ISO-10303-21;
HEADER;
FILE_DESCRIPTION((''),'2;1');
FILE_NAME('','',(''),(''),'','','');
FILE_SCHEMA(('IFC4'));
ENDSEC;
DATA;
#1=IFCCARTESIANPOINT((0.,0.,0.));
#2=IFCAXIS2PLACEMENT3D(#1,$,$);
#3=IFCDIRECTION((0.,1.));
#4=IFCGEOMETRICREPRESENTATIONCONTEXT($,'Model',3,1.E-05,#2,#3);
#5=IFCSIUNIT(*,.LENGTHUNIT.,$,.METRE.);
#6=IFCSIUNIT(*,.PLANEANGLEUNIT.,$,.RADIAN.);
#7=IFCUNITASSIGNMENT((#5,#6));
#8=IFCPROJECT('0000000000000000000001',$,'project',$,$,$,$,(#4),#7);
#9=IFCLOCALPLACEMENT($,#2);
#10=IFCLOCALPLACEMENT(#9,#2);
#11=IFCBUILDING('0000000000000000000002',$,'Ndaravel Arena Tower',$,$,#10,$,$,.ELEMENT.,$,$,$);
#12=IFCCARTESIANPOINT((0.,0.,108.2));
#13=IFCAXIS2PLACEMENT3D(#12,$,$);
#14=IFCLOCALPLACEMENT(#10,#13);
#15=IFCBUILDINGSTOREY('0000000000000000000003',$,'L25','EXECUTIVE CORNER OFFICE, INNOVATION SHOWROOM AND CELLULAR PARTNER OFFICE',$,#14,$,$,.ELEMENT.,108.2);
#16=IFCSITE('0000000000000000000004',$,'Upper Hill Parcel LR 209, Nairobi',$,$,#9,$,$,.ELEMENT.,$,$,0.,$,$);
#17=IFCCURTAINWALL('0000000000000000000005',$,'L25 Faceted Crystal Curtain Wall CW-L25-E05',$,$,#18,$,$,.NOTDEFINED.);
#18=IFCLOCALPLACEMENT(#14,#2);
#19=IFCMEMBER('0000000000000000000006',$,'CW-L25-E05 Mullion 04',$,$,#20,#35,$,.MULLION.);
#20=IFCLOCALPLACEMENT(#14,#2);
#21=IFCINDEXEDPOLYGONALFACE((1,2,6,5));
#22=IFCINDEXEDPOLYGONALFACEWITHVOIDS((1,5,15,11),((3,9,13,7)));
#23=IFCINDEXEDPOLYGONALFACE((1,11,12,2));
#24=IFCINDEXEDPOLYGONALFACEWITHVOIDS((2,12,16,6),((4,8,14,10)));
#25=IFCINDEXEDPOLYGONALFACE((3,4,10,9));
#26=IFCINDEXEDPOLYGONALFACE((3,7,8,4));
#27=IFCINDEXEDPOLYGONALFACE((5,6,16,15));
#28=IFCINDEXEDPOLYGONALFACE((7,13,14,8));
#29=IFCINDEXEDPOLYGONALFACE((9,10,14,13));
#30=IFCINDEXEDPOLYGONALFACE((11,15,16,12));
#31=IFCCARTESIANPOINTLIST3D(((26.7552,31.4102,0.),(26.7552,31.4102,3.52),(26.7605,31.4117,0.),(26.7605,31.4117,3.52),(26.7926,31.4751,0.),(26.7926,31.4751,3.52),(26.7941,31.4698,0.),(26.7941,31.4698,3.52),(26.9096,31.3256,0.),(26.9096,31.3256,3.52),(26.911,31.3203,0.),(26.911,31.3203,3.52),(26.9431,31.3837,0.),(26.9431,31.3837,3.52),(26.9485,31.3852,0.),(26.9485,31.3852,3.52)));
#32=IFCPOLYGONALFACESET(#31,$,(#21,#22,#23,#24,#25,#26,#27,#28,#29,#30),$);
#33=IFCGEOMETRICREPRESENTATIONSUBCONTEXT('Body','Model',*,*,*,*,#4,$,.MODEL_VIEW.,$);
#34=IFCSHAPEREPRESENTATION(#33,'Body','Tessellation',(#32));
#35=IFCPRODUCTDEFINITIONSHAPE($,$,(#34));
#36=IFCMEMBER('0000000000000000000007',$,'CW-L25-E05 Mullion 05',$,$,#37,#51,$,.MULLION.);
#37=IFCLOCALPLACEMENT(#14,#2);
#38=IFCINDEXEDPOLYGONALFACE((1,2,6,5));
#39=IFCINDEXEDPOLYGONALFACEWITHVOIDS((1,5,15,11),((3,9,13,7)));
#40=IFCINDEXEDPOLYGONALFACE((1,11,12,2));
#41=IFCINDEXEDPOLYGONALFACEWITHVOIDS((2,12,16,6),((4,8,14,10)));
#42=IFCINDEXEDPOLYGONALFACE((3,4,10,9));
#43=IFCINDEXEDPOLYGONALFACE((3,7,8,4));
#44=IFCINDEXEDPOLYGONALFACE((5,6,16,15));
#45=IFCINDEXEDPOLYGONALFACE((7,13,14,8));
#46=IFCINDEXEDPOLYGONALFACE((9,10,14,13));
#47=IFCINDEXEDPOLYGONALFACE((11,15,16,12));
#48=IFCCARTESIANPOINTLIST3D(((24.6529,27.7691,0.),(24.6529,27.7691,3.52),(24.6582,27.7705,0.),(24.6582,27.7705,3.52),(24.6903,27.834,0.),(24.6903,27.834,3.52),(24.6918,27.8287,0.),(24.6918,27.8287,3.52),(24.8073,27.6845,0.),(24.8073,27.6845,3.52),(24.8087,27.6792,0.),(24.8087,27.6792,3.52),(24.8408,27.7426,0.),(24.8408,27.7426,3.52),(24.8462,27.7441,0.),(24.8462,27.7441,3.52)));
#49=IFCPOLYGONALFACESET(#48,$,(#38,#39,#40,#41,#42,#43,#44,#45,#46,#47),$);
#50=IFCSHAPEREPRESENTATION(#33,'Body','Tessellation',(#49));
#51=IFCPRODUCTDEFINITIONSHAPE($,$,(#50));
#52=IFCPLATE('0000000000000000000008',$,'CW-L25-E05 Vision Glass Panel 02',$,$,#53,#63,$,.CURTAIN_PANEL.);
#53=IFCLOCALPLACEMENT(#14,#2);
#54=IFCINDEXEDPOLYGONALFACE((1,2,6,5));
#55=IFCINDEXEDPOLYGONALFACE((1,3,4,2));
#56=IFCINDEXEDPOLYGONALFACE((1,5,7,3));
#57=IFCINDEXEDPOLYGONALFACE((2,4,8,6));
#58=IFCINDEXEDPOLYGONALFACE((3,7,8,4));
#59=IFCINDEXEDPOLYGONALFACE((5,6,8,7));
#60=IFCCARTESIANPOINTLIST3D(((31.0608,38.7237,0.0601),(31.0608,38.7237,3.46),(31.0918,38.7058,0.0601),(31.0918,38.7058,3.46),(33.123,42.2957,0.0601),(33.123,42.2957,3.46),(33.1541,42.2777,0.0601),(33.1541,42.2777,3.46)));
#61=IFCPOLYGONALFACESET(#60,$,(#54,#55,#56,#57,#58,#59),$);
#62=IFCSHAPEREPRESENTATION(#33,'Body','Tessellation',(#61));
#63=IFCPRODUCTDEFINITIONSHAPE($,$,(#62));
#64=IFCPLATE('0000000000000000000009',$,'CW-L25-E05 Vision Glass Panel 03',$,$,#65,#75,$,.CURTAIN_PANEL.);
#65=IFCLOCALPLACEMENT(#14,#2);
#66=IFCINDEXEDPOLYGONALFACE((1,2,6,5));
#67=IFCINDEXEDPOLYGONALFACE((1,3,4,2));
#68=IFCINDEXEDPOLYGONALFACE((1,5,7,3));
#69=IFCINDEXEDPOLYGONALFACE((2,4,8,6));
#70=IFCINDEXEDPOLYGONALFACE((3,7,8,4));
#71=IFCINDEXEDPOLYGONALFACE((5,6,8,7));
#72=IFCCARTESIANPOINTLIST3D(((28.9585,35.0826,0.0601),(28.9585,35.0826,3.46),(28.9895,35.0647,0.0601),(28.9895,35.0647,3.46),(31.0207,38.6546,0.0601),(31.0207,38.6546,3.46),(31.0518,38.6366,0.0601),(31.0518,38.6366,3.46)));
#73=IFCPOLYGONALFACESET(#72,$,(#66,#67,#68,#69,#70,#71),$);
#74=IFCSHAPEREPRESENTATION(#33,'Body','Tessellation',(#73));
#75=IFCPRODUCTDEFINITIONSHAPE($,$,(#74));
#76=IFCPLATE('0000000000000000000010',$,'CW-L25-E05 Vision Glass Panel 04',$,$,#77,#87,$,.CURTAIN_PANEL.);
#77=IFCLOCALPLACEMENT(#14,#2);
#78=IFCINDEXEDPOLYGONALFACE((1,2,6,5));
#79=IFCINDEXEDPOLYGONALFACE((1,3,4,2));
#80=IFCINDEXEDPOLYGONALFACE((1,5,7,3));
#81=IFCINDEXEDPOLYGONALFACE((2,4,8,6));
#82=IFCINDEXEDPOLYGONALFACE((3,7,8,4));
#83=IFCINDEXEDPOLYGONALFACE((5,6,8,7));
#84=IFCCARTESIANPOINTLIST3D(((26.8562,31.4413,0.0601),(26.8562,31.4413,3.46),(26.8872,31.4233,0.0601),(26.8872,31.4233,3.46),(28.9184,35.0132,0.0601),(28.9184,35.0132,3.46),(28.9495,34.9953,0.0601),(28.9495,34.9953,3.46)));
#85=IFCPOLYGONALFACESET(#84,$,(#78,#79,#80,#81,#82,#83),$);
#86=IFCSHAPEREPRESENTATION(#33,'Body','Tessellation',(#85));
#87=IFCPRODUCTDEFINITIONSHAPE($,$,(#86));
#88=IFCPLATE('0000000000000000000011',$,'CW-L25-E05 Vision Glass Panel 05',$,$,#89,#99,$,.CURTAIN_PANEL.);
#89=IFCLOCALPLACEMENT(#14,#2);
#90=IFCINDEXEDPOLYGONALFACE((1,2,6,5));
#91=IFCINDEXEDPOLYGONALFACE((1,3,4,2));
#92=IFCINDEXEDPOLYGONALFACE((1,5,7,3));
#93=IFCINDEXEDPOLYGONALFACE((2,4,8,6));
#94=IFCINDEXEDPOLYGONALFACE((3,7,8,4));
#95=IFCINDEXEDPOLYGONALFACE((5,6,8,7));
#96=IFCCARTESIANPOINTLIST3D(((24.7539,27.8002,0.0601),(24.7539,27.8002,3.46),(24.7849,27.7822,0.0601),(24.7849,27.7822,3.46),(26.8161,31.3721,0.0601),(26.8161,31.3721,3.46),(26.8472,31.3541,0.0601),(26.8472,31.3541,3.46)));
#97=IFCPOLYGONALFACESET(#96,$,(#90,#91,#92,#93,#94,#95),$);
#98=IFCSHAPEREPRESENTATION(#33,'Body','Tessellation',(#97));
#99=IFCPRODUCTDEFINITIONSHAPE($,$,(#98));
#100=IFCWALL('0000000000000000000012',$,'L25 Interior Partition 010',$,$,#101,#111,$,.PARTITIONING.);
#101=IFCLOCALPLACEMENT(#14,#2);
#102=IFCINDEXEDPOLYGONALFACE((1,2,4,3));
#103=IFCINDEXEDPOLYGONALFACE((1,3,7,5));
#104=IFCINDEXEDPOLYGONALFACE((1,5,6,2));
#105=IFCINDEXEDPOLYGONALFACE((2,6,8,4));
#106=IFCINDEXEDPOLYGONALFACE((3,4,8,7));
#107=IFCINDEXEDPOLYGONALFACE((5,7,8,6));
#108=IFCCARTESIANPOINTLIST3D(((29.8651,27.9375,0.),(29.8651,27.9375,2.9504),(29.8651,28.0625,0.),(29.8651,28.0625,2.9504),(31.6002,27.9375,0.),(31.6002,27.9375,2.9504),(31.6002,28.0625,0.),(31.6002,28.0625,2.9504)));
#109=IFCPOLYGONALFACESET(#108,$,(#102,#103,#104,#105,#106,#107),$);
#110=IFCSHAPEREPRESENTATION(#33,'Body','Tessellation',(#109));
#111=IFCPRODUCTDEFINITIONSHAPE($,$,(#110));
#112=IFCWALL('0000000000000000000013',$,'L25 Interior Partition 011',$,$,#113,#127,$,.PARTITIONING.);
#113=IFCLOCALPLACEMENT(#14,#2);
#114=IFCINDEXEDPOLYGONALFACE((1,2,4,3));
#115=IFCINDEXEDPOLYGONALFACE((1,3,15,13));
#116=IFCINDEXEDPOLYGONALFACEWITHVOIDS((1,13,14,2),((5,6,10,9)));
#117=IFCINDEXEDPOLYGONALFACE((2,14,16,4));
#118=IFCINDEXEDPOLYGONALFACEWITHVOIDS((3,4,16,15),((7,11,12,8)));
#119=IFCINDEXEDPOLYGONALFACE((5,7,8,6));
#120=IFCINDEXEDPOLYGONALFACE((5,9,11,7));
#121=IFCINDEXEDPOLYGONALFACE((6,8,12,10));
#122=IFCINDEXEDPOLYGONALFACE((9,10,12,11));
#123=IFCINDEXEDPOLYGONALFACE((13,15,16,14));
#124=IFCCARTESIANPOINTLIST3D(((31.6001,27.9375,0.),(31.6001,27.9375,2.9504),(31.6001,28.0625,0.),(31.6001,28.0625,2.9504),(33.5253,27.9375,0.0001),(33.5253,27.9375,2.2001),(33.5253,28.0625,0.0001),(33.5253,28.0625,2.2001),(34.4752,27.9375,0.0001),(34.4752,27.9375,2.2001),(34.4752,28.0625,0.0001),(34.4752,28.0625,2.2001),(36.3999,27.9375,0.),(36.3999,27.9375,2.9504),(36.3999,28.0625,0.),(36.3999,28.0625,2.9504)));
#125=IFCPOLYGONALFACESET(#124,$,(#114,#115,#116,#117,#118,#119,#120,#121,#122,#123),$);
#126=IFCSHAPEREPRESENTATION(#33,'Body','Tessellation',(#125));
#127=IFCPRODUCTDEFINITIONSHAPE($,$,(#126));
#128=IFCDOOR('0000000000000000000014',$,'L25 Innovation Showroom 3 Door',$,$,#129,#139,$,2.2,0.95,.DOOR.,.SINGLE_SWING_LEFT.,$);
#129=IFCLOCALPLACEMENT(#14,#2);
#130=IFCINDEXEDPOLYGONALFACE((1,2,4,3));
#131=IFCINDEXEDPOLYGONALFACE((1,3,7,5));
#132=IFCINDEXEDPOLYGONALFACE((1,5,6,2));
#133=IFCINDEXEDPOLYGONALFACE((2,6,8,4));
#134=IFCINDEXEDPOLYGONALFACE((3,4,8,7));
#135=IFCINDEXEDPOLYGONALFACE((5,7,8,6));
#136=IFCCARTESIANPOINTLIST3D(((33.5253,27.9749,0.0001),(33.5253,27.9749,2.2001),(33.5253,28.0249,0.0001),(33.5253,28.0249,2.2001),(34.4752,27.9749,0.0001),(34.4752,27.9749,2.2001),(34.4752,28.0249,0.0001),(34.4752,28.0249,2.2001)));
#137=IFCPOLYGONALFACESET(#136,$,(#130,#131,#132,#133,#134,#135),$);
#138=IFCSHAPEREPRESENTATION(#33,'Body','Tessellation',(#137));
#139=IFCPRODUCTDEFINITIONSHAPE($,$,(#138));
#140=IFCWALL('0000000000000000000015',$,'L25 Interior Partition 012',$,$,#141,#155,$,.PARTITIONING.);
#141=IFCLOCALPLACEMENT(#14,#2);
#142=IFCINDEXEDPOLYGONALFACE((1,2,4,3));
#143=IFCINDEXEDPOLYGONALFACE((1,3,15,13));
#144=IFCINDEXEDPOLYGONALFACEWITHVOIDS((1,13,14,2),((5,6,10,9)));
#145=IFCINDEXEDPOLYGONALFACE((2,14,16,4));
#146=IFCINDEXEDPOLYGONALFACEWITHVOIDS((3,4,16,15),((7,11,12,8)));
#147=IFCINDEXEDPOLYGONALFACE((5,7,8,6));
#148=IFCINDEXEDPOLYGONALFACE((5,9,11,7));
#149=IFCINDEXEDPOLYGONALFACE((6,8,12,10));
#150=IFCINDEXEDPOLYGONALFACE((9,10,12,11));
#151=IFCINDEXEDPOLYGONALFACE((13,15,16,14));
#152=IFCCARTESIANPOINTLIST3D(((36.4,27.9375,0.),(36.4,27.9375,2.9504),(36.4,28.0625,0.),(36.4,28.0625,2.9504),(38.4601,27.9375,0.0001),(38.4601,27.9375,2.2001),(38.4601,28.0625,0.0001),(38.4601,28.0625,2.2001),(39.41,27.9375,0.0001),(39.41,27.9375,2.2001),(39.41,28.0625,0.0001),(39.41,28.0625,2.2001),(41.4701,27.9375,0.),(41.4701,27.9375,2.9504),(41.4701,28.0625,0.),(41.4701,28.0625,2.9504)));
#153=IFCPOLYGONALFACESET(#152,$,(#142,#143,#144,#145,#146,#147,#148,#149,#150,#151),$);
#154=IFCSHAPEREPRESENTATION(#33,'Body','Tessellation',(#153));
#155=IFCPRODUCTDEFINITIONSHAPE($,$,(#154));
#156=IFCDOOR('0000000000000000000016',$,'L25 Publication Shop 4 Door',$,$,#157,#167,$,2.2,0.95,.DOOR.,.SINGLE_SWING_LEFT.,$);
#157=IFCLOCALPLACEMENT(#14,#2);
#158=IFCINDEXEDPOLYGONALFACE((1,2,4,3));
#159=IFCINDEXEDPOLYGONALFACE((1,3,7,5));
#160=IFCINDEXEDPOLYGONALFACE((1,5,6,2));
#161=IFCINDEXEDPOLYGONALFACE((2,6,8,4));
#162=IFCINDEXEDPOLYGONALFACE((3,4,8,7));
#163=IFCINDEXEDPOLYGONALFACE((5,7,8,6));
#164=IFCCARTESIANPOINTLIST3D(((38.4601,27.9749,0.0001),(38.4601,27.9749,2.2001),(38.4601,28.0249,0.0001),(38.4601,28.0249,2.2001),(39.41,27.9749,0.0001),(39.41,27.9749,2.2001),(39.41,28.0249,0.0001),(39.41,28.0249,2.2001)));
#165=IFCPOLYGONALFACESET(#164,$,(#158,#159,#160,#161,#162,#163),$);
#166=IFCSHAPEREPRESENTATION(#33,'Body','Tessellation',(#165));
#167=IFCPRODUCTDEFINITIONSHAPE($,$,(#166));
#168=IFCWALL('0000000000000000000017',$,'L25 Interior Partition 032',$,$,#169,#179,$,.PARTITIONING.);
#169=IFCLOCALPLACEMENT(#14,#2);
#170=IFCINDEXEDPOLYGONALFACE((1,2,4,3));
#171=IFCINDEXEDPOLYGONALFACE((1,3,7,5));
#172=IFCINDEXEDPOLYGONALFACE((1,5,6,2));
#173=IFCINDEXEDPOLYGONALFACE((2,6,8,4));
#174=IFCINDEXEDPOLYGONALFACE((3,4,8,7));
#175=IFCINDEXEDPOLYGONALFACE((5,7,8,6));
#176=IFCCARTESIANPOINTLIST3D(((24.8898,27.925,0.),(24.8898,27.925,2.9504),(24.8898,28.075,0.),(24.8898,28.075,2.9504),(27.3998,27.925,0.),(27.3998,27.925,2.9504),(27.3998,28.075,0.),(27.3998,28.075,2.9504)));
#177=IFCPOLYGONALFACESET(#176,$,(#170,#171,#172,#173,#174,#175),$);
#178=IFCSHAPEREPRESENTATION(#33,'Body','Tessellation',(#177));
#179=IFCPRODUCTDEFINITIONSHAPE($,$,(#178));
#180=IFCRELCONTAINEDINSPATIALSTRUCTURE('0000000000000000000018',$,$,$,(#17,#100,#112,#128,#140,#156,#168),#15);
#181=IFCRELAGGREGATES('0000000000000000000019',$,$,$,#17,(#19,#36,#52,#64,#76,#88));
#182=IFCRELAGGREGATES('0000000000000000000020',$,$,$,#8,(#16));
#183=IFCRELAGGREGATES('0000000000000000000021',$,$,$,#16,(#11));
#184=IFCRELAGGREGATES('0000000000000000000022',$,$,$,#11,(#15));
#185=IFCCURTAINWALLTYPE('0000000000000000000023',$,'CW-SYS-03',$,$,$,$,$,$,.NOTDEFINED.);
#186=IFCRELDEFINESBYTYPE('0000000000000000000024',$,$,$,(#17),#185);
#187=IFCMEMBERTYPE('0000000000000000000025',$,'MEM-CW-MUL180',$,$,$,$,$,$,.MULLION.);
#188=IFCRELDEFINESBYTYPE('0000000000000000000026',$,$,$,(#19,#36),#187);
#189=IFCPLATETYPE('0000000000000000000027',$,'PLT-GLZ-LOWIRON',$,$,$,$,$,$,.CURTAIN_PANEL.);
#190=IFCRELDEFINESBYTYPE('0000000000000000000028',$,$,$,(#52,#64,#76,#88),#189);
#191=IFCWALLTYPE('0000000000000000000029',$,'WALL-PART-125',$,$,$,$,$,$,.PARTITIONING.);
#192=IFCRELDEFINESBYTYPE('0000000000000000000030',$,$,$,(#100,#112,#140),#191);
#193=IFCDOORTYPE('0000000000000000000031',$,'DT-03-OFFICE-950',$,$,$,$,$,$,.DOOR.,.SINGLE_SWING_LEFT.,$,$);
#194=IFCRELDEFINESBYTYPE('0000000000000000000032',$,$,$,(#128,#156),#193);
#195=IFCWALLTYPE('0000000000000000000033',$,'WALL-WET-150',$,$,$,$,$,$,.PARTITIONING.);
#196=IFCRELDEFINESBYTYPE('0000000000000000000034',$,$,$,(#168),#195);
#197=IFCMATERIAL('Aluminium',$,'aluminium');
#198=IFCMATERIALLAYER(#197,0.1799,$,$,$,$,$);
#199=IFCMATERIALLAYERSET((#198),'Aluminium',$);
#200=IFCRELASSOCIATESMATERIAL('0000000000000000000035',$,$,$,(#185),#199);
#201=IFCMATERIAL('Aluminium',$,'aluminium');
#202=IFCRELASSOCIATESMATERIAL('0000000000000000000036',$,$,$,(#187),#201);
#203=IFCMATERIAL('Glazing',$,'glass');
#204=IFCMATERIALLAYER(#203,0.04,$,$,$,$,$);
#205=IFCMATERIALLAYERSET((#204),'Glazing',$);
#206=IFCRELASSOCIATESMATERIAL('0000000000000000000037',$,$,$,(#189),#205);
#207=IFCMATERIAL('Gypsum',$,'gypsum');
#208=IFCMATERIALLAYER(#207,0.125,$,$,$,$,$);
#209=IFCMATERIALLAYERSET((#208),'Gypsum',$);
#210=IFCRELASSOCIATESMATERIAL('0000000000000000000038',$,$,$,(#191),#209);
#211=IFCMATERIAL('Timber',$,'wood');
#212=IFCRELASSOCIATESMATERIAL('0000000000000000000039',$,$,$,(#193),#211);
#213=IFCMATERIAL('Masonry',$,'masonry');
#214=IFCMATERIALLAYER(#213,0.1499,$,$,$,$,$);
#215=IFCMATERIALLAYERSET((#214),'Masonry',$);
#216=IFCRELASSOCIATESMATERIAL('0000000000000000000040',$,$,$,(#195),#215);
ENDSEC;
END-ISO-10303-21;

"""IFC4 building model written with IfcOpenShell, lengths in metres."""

from ifc_helpers import new_model, si_unit, direction, frame, frame_2d, origin, origin_2d, place, context, subcontext, project, spatial, rectangle, hollow_rectangle, extrude, material, layer, layer_set, material_profile, profile_set, type_object, element, fill, aggregate, save


model = new_model("IFC4")

# Units and contexts
model_context = context("Model", 3, precision=1e-05, world=origin(), true_north=direction((0.0, 1.0)))
body_context = subcontext(model_context, "Body", "Model", "MODEL_VIEW")
ifc_project = project(units=[si_unit("LENGTHUNIT", "METRE"), si_unit("PLANEANGLEUNIT", "RADIAN")], contexts=[model_context])

# Site, building, storey
site_placement = place(None, origin())
site = spatial("IfcSite", under=ifc_project, at=site_placement, Name="Upper Hill Parcel LR 209, Nairobi", CompositionType="ELEMENT", RefElevation=0.0)
building_placement = place(site_placement, origin())
building = spatial("IfcBuilding", under=site, at=building_placement, Name="Ndaravel Arena Tower", CompositionType="ELEMENT")
storey_placement = place(building_placement, frame((0.0, 0.0, 108.2)))
storey = spatial("IfcBuildingStorey", under=building, at=storey_placement, Name="L25", Description="EXECUTIVE CORNER OFFICE, INNOVATION SHOWROOM AND CELLULAR PARTNER OFFICE", CompositionType="ELEMENT", Elevation=108.2)

# Curtain wall, members, plates
ifc_material_1 = material(Name="Aluminium", Category="aluminium")
ifc_layer_1 = layer(ifc_material_1, 0.1799)
ifc_layer_set_1 = layer_set([ifc_layer_1], Name="Aluminium")
curtain_wall_type = type_object("IfcCurtainWallType", Name="CW-SYS-03", PredefinedType="NOTDEFINED", material=ifc_layer_set_1)
curtain_wall_placement = place(storey_placement, origin())
curtain_wall = element("IfcCurtainWall", 1, at=curtain_wall_placement, inside=storey, type_object=curtain_wall_type, Name="L25 Faceted Crystal Curtain Wall CW-L25-E05", PredefinedType="NOTDEFINED")
ifc_material_2 = material(Name="Aluminium", Category="aluminium")
ifc_material_profile_1 = material_profile(ifc_material_2, hollow_rectangle(XDim=0.075, YDim=0.1799, WallThickness=0.0039, at=origin_2d()), Name="CW MULLION 75x180x4")
ifc_profile_set_1 = profile_set([ifc_material_profile_1], Name="Aluminium")
member_type = type_object("IfcMemberType", Name="MEM-CW-MUL180", PredefinedType="MULLION", material=ifc_profile_set_1)
member_1_placement = place(storey_placement, frame((26.8518, 31.3977, 0.0), z_axis=(0.0, 0.0, 1.0), x_axis=(-0.5, -0.866025, 0.0)))
member_1 = element("IfcMember", 2, at=member_1_placement, type_object=member_type, Name="CW-L25-E05 Mullion 04", PredefinedType="MULLION", context=body_context, shape_type="SweptSolid", body=[
    extrude(hollow_rectangle(XDim=0.075, YDim=0.1799, WallThickness=0.0039, at=origin_2d()), origin(), (0.0, 0.0, 1.0), 3.52),
])
member_2_placement = place(storey_placement, frame((24.7495, 27.7566, 0.0), z_axis=(0.0, 0.0, 1.0), x_axis=(-0.5, -0.866025, 0.0)))
member_2 = element("IfcMember", 3, at=member_2_placement, type_object=member_type, Name="CW-L25-E05 Mullion 05", PredefinedType="MULLION", context=body_context, shape_type="SweptSolid", body=[
    extrude(hollow_rectangle(XDim=0.075, YDim=0.1799, WallThickness=0.0039, at=origin_2d()), origin(), (0.0, 0.0, 1.0), 3.52),
])
ifc_material_3 = material(Name="Glazing", Category="glass")
ifc_layer_2 = layer(ifc_material_3, 0.04)
ifc_layer_set_2 = layer_set([ifc_layer_2], Name="Glazing")
plate_type = type_object("IfcPlateType", Name="PLT-GLZ-LOWIRON", PredefinedType="CURTAIN_PANEL", material=ifc_layer_set_2)
plate_1_placement = place(storey_placement, frame((32.1074, 40.5007, 0.0601), z_axis=(0.0, 0.0, 1.0), x_axis=(-0.5, -0.866025, 0.0)))
plate_1 = element("IfcPlate", 4, at=plate_1_placement, type_object=plate_type, Name="CW-L25-E05 Vision Glass Panel 02", PredefinedType="CURTAIN_PANEL", context=body_context, shape_type="SweptSolid", body=[
    extrude(rectangle(XDim=4.1245, YDim=0.0359, at=origin_2d()), origin(), (0.0, 0.0, 1.0), 3.3999),
])
plate_2_placement = place(storey_placement, frame((30.0051, 36.8596, 0.0601), z_axis=(0.0, 0.0, 1.0), x_axis=(-0.5, -0.866025, 0.0)))
plate_2 = element("IfcPlate", 5, at=plate_2_placement, type_object=plate_type, Name="CW-L25-E05 Vision Glass Panel 03", PredefinedType="CURTAIN_PANEL", context=body_context, shape_type="SweptSolid", body=[
    extrude(rectangle(XDim=4.1245, YDim=0.0359, at=origin_2d()), origin(), (0.0, 0.0, 1.0), 3.3999),
])
plate_3_placement = place(storey_placement, frame((27.9028, 33.2183, 0.0601), z_axis=(0.0, 0.0, 1.0), x_axis=(-0.5, -0.866025, 0.0)))
plate_3 = element("IfcPlate", 6, at=plate_3_placement, type_object=plate_type, Name="CW-L25-E05 Vision Glass Panel 04", PredefinedType="CURTAIN_PANEL", context=body_context, shape_type="SweptSolid", body=[
    extrude(rectangle(XDim=4.1245, YDim=0.0359, at=origin_2d()), origin(), (0.0, 0.0, 1.0), 3.3999),
])
plate_4_placement = place(storey_placement, frame((25.8005, 29.5771, 0.0601), z_axis=(0.0, 0.0, 1.0), x_axis=(-0.5, -0.866025, 0.0)))
plate_4 = element("IfcPlate", 7, at=plate_4_placement, type_object=plate_type, Name="CW-L25-E05 Vision Glass Panel 05", PredefinedType="CURTAIN_PANEL", context=body_context, shape_type="SweptSolid", body=[
    extrude(rectangle(XDim=4.1245, YDim=0.0359, at=origin_2d()), origin(), (0.0, 0.0, 1.0), 3.3999),
])
aggregate(curtain_wall, [member_1, member_2, plate_1, plate_2, plate_3, plate_4])

# Wall
ifc_material_4 = material(Name="Gypsum", Category="gypsum")
ifc_layer_3 = layer(ifc_material_4, 0.125)
ifc_layer_set_3 = layer_set([ifc_layer_3], Name="Gypsum")
wall_type_1 = type_object("IfcWallType", Name="WALL-PART-125", PredefinedType="PARTITIONING", material=ifc_layer_set_3)
wall_1_placement = place(storey_placement, frame((29.865, 28.0, 0.0), z_axis=(0.0, 0.0, 1.0), x_axis=(1.0, 0.0, 0.0)))
element("IfcWall", 8, at=wall_1_placement, inside=storey, type_object=wall_type_1, Name="L25 Interior Partition 010", PredefinedType="PARTITIONING", context=body_context, shape_type="SweptSolid", body=[
    extrude(rectangle(XDim=1.7351, YDim=0.125, at=frame_2d((0.8677, 0.0))), origin(), (0.0, 0.0, 1.0), 2.9504),
])

# Walls, openings, doors
wall_2_placement = place(storey_placement, frame((31.6001, 28.0, 0.0), z_axis=(0.0, 0.0, 1.0), x_axis=(1.0, 0.0, 0.0)))
wall_2 = element("IfcWall", 9, at=wall_2_placement, inside=storey, type_object=wall_type_1, Name="L25 Interior Partition 011", PredefinedType="PARTITIONING", context=body_context, shape_type="SweptSolid", body=[
    extrude(rectangle(XDim=4.7998, YDim=0.125, at=frame_2d((2.3999, 0.0))), origin(), (0.0, 0.0, 1.0), 2.9504),
])
opening_1_placement = place(wall_2_placement, frame((1.925, 0.0, 0.0)))
opening_1 = element("IfcOpeningElement", 10, at=opening_1_placement, cuts=wall_2, PredefinedType="OPENING", context=body_context, shape_type="SweptSolid", body=[
    extrude(rectangle(XDim=0.95, YDim=2.2, at=frame_2d((0.4751, 1.1001))), frame((0.0, 0.0625, 0.0), z_axis=(0.0, -1.0, 0.0), x_axis=(1.0, 0.0, 0.0)), (0.0, 0.0, 1.0), 0.125),
])
ifc_material_5 = material(Name="Timber", Category="wood")
door_type = type_object("IfcDoorType", Name="DT-03-OFFICE-950", OperationType="SINGLE_SWING_LEFT", PredefinedType="DOOR", material=ifc_material_5)
door_1_placement = place(opening_1_placement, origin())
door_1 = element("IfcDoor", 11, at=door_1_placement, inside=storey, type_object=door_type, Name="L25 Innovation Showroom 3 Door", OperationType="SINGLE_SWING_LEFT", OverallHeight=2.2, OverallWidth=0.95, PredefinedType="DOOR", context=body_context, shape_type="SweptSolid", body=[
    extrude(rectangle(XDim=0.95, YDim=2.2, at=frame_2d((0.4751, 1.1001))), frame((0.0, 0.0249, 0.0), z_axis=(0.0, -1.0, 0.0), x_axis=(1.0, 0.0, 0.0)), (0.0, 0.0, 1.0), 0.05),
])
fill(opening_1, door_1)
wall_3_placement = place(storey_placement, frame((36.3999, 28.0, 0.0), z_axis=(0.0, 0.0, 1.0), x_axis=(1.0, 0.0, 0.0)))
wall_3 = element("IfcWall", 12, at=wall_3_placement, inside=storey, type_object=wall_type_1, Name="L25 Interior Partition 012", PredefinedType="PARTITIONING", context=body_context, shape_type="SweptSolid", body=[
    extrude(rectangle(XDim=5.0701, YDim=0.125, at=frame_2d((2.5352, 0.0))), origin(), (0.0, 0.0, 1.0), 2.9504),
])
opening_2_placement = place(wall_3_placement, frame((2.0601, 0.0, 0.0)))
opening_2 = element("IfcOpeningElement", 13, at=opening_2_placement, cuts=wall_3, PredefinedType="OPENING", context=body_context, shape_type="SweptSolid", body=[
    extrude(rectangle(XDim=0.95, YDim=2.2, at=frame_2d((0.4751, 1.1001))), frame((0.0, 0.0625, 0.0), z_axis=(0.0, -1.0, 0.0), x_axis=(1.0, 0.0, 0.0)), (0.0, 0.0, 1.0), 0.125),
])
door_2_placement = place(opening_2_placement, origin())
door_2 = element("IfcDoor", 14, at=door_2_placement, inside=storey, type_object=door_type, Name="L25 Publication Shop 4 Door", OperationType="SINGLE_SWING_LEFT", OverallHeight=2.2, OverallWidth=0.95, PredefinedType="DOOR", context=body_context, shape_type="SweptSolid", body=[
    extrude(rectangle(XDim=0.95, YDim=2.2, at=frame_2d((0.4751, 1.1001))), frame((0.0, 0.0249, 0.0), z_axis=(0.0, -1.0, 0.0), x_axis=(1.0, 0.0, 0.0)), (0.0, 0.0, 1.0), 0.05),
])
fill(opening_2, door_2)

# Wall
ifc_material_6 = material(Name="Masonry", Category="masonry")
ifc_layer_4 = layer(ifc_material_6, 0.1499)
ifc_layer_set_4 = layer_set([ifc_layer_4], Name="Masonry")
wall_type_2 = type_object("IfcWallType", Name="WALL-WET-150", PredefinedType="PARTITIONING", material=ifc_layer_set_4)
wall_4_placement = place(storey_placement, frame((24.8899, 28.0, 0.0), z_axis=(0.0, 0.0, 1.0), x_axis=(1.0, 0.0, 0.0)))
element("IfcWall", 15, at=wall_4_placement, inside=storey, type_object=wall_type_2, Name="L25 Interior Partition 032", PredefinedType="PARTITIONING", context=body_context, shape_type="SweptSolid", body=[
    extrude(rectangle(XDim=2.51, YDim=0.1499, at=frame_2d((1.2549, 0.0))), origin(), (0.0, 0.0, 1.0), 2.9504),
])

save(model, "model.ifc")
